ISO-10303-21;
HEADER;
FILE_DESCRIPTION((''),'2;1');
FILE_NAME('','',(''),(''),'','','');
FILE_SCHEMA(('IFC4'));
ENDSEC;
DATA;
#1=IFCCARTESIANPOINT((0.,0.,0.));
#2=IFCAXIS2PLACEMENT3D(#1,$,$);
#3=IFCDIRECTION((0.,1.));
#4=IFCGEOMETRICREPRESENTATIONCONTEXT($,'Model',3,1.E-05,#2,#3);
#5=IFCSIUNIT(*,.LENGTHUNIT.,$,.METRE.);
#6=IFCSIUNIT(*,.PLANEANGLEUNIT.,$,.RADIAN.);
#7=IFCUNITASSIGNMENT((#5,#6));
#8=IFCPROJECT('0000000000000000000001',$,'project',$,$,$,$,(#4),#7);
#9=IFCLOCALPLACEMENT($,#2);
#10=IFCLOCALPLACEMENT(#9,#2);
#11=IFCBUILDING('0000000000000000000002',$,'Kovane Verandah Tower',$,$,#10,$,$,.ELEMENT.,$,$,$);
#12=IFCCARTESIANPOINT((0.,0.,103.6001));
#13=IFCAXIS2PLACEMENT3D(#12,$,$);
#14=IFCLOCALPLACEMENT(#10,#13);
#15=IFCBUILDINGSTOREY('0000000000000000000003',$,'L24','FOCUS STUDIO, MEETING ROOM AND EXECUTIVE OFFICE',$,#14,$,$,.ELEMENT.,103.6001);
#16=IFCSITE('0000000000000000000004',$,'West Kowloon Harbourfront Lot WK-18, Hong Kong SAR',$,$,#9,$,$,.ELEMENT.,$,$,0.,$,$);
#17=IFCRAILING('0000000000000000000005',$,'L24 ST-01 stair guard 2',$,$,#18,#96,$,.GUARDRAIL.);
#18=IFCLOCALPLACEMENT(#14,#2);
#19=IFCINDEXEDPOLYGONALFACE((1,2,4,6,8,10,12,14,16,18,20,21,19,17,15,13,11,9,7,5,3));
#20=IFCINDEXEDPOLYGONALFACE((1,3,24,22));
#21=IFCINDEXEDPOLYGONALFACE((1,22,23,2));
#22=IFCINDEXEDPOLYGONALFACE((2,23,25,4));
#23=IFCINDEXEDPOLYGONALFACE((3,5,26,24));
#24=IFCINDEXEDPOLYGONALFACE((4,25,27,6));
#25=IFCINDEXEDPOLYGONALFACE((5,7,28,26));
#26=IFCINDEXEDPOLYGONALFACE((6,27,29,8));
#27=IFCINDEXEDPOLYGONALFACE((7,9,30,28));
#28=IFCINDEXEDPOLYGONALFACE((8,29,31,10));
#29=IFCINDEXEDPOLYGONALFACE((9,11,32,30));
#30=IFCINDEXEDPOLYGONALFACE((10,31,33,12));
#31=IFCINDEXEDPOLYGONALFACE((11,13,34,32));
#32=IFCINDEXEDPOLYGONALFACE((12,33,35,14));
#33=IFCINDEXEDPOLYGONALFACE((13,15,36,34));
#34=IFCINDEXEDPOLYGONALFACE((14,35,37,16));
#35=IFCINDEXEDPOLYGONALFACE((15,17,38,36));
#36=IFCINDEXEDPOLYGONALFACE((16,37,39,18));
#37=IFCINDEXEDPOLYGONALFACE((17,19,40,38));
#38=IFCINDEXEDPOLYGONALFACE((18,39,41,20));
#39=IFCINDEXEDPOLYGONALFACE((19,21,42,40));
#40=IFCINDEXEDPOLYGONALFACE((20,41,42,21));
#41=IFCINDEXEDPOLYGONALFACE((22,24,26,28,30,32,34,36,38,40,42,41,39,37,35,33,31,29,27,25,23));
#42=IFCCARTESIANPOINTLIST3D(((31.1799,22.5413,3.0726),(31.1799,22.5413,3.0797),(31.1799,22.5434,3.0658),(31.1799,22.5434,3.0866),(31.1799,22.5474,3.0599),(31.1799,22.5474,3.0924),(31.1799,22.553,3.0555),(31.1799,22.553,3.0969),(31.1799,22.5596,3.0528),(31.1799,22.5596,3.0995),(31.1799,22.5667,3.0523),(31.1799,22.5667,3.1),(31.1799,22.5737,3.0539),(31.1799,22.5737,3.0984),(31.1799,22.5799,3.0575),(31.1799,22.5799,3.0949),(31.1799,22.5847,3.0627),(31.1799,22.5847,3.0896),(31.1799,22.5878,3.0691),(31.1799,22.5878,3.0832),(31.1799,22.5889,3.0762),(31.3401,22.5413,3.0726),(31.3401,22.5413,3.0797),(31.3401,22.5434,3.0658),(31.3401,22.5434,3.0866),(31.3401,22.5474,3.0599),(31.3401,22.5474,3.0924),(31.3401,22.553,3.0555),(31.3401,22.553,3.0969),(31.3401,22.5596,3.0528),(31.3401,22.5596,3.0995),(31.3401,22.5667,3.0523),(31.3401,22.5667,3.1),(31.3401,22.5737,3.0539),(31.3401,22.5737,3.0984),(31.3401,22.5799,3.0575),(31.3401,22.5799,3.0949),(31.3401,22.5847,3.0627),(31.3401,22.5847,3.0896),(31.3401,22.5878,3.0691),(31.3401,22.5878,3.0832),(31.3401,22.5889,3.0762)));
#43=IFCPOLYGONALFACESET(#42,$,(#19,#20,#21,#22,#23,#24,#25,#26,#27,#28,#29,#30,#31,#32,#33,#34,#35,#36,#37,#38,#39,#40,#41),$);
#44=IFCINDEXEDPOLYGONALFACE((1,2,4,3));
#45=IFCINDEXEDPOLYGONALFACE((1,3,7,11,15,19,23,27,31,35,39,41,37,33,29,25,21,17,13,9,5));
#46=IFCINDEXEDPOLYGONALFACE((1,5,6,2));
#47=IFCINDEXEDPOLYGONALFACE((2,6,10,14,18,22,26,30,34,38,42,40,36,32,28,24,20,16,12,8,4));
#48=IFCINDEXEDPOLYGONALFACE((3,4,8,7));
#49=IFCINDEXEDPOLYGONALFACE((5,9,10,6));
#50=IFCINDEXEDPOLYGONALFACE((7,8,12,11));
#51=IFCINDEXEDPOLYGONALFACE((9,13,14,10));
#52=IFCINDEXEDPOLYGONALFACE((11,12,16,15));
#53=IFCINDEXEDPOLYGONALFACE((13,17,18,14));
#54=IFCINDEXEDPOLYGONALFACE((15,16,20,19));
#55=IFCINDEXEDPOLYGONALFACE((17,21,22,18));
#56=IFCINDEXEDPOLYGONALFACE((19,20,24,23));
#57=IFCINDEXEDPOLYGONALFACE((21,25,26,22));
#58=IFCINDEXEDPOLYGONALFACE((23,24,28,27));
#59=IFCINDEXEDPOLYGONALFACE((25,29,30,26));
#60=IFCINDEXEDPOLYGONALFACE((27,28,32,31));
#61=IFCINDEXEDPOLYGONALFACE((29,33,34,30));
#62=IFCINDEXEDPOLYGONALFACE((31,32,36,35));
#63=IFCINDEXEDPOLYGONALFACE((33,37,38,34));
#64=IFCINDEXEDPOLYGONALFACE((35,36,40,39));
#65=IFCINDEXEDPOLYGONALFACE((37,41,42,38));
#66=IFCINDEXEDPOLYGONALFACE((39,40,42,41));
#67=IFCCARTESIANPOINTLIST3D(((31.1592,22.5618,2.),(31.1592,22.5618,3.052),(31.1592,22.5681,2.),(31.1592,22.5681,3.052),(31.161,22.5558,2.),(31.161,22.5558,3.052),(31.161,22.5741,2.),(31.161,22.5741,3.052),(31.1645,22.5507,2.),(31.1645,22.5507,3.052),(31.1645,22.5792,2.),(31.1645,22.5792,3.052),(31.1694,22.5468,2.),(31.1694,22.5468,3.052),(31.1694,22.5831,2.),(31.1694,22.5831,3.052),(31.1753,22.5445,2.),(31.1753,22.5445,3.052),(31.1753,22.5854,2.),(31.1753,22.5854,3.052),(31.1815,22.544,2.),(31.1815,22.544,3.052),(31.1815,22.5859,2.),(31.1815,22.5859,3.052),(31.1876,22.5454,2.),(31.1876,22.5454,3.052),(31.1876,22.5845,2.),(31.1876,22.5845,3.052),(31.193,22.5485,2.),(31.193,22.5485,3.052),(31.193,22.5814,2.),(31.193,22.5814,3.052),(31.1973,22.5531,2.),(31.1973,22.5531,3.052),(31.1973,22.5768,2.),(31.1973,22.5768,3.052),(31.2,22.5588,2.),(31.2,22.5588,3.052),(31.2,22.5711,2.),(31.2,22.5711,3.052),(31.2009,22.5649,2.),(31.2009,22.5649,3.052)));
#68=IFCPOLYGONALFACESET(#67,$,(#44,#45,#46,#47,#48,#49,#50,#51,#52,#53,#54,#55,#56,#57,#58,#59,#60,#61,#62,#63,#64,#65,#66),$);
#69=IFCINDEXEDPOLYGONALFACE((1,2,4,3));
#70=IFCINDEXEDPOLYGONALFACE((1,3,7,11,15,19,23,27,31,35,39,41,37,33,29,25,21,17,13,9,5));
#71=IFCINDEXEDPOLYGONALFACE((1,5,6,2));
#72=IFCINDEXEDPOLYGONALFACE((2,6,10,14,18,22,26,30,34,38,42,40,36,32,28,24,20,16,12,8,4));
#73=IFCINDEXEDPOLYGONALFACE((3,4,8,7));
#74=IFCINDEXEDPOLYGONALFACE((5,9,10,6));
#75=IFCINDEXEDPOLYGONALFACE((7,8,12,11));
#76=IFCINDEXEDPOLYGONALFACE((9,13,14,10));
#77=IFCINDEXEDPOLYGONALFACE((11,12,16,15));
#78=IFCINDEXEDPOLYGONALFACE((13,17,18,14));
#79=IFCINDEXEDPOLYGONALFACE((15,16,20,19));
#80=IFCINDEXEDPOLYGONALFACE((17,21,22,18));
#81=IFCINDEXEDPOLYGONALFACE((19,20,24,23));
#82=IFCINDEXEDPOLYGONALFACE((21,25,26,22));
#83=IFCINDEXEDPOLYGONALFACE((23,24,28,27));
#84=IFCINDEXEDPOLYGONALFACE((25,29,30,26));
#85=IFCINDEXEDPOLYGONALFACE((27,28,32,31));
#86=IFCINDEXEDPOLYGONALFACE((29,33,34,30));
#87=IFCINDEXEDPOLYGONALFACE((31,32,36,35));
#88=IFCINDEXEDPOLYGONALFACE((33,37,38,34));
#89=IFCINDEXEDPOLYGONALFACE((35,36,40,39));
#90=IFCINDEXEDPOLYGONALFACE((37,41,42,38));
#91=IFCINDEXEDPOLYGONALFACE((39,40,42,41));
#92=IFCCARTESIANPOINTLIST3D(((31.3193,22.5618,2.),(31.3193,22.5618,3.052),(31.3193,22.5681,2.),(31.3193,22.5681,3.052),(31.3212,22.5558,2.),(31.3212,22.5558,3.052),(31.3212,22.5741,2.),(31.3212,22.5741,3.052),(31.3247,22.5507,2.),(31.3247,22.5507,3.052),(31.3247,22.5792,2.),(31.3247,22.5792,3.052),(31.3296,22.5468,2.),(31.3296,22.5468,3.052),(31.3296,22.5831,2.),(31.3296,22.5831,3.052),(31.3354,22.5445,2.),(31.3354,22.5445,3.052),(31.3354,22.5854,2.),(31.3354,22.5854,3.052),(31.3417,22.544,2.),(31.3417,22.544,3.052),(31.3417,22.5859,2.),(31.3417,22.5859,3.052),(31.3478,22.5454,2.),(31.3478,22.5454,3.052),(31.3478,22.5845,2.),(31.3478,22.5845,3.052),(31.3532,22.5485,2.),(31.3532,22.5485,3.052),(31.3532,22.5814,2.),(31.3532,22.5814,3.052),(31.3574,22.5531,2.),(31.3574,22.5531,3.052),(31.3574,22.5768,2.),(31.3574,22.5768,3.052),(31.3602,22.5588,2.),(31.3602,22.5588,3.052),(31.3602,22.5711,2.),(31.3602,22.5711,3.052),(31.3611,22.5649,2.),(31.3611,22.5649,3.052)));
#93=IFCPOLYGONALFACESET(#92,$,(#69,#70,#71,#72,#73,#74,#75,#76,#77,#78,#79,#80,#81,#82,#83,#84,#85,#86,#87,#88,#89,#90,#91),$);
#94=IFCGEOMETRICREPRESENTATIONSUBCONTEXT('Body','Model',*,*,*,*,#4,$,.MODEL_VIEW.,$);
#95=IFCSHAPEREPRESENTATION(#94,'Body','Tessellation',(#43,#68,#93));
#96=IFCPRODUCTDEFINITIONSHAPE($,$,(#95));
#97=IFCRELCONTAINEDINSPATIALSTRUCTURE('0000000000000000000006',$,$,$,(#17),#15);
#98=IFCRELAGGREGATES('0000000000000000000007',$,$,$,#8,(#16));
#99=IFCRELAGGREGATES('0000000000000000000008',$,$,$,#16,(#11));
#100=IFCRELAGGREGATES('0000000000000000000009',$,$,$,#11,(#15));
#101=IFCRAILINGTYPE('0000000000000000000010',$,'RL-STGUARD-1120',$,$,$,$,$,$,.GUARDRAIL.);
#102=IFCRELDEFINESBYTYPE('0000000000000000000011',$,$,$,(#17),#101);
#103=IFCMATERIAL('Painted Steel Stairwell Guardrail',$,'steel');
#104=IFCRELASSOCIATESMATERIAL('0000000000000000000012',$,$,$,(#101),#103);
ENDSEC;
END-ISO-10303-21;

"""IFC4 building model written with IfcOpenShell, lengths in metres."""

from ifc_helpers import new_model, si_unit, direction, frame, origin, origin_2d, place, context, subcontext, project, spatial, circle, extrude, material, type_object, element, save


model = new_model("IFC4")

# Units and contexts
model_context = context("Model", 3, precision=1e-05, world=origin(), true_north=direction((0.0, 1.0)))
body_context = subcontext(model_context, "Body", "Model", "MODEL_VIEW")
ifc_project = project(units=[si_unit("LENGTHUNIT", "METRE"), si_unit("PLANEANGLEUNIT", "RADIAN")], contexts=[model_context])

# Site, building, storey
site_placement = place(None, origin())
site = spatial("IfcSite", under=ifc_project, at=site_placement, Name="West Kowloon Harbourfront Lot WK-18, Hong Kong SAR", CompositionType="ELEMENT", RefElevation=0.0)
building_placement = place(site_placement, origin())
building = spatial("IfcBuilding", under=site, at=building_placement, Name="Kovane Verandah Tower", CompositionType="ELEMENT")
storey_placement = place(building_placement, frame((0.0, 0.0, 103.6001)))
storey = spatial("IfcBuildingStorey", under=building, at=storey_placement, Name="L24", Description="FOCUS STUDIO, MEETING ROOM AND EXECUTIVE OFFICE", CompositionType="ELEMENT", Elevation=103.6001)

# Railing
ifc_material_1 = material(Name="Painted Steel Stairwell Guardrail", Category="steel")
railing_type_1 = type_object("IfcRailingType", Name="RL-STGUARD-1120", PredefinedType="GUARDRAIL", material=ifc_material_1)
railing_1_placement = place(storey_placement, frame((31.1799, 22.5649, 2.0)))
element("IfcRailing", 1, at=railing_1_placement, inside=storey, type_object=railing_type_1, Name="L24 ST-01 stair guard 2", PredefinedType="GUARDRAIL", context=body_context, shape_type="SweptSolid", body=[
    extrude(circle(Radius=0.0239, at=origin_2d()), frame((0.0, 0.0, 1.0762), z_axis=(1.0, 0.0, 0.0), x_axis=(0.0, 1.0, 0.0)), (0.0, 0.0, 1.0), 0.1602),
    extrude(circle(Radius=0.021, at=origin_2d()), origin(), (0.0, 0.0, 1.0), 1.052),
    extrude(circle(Radius=0.021, at=origin_2d()), frame((0.1602, 0.0, 0.0)), (0.0, 0.0, 1.0), 1.052),
])

save(model, "model.ifc")
